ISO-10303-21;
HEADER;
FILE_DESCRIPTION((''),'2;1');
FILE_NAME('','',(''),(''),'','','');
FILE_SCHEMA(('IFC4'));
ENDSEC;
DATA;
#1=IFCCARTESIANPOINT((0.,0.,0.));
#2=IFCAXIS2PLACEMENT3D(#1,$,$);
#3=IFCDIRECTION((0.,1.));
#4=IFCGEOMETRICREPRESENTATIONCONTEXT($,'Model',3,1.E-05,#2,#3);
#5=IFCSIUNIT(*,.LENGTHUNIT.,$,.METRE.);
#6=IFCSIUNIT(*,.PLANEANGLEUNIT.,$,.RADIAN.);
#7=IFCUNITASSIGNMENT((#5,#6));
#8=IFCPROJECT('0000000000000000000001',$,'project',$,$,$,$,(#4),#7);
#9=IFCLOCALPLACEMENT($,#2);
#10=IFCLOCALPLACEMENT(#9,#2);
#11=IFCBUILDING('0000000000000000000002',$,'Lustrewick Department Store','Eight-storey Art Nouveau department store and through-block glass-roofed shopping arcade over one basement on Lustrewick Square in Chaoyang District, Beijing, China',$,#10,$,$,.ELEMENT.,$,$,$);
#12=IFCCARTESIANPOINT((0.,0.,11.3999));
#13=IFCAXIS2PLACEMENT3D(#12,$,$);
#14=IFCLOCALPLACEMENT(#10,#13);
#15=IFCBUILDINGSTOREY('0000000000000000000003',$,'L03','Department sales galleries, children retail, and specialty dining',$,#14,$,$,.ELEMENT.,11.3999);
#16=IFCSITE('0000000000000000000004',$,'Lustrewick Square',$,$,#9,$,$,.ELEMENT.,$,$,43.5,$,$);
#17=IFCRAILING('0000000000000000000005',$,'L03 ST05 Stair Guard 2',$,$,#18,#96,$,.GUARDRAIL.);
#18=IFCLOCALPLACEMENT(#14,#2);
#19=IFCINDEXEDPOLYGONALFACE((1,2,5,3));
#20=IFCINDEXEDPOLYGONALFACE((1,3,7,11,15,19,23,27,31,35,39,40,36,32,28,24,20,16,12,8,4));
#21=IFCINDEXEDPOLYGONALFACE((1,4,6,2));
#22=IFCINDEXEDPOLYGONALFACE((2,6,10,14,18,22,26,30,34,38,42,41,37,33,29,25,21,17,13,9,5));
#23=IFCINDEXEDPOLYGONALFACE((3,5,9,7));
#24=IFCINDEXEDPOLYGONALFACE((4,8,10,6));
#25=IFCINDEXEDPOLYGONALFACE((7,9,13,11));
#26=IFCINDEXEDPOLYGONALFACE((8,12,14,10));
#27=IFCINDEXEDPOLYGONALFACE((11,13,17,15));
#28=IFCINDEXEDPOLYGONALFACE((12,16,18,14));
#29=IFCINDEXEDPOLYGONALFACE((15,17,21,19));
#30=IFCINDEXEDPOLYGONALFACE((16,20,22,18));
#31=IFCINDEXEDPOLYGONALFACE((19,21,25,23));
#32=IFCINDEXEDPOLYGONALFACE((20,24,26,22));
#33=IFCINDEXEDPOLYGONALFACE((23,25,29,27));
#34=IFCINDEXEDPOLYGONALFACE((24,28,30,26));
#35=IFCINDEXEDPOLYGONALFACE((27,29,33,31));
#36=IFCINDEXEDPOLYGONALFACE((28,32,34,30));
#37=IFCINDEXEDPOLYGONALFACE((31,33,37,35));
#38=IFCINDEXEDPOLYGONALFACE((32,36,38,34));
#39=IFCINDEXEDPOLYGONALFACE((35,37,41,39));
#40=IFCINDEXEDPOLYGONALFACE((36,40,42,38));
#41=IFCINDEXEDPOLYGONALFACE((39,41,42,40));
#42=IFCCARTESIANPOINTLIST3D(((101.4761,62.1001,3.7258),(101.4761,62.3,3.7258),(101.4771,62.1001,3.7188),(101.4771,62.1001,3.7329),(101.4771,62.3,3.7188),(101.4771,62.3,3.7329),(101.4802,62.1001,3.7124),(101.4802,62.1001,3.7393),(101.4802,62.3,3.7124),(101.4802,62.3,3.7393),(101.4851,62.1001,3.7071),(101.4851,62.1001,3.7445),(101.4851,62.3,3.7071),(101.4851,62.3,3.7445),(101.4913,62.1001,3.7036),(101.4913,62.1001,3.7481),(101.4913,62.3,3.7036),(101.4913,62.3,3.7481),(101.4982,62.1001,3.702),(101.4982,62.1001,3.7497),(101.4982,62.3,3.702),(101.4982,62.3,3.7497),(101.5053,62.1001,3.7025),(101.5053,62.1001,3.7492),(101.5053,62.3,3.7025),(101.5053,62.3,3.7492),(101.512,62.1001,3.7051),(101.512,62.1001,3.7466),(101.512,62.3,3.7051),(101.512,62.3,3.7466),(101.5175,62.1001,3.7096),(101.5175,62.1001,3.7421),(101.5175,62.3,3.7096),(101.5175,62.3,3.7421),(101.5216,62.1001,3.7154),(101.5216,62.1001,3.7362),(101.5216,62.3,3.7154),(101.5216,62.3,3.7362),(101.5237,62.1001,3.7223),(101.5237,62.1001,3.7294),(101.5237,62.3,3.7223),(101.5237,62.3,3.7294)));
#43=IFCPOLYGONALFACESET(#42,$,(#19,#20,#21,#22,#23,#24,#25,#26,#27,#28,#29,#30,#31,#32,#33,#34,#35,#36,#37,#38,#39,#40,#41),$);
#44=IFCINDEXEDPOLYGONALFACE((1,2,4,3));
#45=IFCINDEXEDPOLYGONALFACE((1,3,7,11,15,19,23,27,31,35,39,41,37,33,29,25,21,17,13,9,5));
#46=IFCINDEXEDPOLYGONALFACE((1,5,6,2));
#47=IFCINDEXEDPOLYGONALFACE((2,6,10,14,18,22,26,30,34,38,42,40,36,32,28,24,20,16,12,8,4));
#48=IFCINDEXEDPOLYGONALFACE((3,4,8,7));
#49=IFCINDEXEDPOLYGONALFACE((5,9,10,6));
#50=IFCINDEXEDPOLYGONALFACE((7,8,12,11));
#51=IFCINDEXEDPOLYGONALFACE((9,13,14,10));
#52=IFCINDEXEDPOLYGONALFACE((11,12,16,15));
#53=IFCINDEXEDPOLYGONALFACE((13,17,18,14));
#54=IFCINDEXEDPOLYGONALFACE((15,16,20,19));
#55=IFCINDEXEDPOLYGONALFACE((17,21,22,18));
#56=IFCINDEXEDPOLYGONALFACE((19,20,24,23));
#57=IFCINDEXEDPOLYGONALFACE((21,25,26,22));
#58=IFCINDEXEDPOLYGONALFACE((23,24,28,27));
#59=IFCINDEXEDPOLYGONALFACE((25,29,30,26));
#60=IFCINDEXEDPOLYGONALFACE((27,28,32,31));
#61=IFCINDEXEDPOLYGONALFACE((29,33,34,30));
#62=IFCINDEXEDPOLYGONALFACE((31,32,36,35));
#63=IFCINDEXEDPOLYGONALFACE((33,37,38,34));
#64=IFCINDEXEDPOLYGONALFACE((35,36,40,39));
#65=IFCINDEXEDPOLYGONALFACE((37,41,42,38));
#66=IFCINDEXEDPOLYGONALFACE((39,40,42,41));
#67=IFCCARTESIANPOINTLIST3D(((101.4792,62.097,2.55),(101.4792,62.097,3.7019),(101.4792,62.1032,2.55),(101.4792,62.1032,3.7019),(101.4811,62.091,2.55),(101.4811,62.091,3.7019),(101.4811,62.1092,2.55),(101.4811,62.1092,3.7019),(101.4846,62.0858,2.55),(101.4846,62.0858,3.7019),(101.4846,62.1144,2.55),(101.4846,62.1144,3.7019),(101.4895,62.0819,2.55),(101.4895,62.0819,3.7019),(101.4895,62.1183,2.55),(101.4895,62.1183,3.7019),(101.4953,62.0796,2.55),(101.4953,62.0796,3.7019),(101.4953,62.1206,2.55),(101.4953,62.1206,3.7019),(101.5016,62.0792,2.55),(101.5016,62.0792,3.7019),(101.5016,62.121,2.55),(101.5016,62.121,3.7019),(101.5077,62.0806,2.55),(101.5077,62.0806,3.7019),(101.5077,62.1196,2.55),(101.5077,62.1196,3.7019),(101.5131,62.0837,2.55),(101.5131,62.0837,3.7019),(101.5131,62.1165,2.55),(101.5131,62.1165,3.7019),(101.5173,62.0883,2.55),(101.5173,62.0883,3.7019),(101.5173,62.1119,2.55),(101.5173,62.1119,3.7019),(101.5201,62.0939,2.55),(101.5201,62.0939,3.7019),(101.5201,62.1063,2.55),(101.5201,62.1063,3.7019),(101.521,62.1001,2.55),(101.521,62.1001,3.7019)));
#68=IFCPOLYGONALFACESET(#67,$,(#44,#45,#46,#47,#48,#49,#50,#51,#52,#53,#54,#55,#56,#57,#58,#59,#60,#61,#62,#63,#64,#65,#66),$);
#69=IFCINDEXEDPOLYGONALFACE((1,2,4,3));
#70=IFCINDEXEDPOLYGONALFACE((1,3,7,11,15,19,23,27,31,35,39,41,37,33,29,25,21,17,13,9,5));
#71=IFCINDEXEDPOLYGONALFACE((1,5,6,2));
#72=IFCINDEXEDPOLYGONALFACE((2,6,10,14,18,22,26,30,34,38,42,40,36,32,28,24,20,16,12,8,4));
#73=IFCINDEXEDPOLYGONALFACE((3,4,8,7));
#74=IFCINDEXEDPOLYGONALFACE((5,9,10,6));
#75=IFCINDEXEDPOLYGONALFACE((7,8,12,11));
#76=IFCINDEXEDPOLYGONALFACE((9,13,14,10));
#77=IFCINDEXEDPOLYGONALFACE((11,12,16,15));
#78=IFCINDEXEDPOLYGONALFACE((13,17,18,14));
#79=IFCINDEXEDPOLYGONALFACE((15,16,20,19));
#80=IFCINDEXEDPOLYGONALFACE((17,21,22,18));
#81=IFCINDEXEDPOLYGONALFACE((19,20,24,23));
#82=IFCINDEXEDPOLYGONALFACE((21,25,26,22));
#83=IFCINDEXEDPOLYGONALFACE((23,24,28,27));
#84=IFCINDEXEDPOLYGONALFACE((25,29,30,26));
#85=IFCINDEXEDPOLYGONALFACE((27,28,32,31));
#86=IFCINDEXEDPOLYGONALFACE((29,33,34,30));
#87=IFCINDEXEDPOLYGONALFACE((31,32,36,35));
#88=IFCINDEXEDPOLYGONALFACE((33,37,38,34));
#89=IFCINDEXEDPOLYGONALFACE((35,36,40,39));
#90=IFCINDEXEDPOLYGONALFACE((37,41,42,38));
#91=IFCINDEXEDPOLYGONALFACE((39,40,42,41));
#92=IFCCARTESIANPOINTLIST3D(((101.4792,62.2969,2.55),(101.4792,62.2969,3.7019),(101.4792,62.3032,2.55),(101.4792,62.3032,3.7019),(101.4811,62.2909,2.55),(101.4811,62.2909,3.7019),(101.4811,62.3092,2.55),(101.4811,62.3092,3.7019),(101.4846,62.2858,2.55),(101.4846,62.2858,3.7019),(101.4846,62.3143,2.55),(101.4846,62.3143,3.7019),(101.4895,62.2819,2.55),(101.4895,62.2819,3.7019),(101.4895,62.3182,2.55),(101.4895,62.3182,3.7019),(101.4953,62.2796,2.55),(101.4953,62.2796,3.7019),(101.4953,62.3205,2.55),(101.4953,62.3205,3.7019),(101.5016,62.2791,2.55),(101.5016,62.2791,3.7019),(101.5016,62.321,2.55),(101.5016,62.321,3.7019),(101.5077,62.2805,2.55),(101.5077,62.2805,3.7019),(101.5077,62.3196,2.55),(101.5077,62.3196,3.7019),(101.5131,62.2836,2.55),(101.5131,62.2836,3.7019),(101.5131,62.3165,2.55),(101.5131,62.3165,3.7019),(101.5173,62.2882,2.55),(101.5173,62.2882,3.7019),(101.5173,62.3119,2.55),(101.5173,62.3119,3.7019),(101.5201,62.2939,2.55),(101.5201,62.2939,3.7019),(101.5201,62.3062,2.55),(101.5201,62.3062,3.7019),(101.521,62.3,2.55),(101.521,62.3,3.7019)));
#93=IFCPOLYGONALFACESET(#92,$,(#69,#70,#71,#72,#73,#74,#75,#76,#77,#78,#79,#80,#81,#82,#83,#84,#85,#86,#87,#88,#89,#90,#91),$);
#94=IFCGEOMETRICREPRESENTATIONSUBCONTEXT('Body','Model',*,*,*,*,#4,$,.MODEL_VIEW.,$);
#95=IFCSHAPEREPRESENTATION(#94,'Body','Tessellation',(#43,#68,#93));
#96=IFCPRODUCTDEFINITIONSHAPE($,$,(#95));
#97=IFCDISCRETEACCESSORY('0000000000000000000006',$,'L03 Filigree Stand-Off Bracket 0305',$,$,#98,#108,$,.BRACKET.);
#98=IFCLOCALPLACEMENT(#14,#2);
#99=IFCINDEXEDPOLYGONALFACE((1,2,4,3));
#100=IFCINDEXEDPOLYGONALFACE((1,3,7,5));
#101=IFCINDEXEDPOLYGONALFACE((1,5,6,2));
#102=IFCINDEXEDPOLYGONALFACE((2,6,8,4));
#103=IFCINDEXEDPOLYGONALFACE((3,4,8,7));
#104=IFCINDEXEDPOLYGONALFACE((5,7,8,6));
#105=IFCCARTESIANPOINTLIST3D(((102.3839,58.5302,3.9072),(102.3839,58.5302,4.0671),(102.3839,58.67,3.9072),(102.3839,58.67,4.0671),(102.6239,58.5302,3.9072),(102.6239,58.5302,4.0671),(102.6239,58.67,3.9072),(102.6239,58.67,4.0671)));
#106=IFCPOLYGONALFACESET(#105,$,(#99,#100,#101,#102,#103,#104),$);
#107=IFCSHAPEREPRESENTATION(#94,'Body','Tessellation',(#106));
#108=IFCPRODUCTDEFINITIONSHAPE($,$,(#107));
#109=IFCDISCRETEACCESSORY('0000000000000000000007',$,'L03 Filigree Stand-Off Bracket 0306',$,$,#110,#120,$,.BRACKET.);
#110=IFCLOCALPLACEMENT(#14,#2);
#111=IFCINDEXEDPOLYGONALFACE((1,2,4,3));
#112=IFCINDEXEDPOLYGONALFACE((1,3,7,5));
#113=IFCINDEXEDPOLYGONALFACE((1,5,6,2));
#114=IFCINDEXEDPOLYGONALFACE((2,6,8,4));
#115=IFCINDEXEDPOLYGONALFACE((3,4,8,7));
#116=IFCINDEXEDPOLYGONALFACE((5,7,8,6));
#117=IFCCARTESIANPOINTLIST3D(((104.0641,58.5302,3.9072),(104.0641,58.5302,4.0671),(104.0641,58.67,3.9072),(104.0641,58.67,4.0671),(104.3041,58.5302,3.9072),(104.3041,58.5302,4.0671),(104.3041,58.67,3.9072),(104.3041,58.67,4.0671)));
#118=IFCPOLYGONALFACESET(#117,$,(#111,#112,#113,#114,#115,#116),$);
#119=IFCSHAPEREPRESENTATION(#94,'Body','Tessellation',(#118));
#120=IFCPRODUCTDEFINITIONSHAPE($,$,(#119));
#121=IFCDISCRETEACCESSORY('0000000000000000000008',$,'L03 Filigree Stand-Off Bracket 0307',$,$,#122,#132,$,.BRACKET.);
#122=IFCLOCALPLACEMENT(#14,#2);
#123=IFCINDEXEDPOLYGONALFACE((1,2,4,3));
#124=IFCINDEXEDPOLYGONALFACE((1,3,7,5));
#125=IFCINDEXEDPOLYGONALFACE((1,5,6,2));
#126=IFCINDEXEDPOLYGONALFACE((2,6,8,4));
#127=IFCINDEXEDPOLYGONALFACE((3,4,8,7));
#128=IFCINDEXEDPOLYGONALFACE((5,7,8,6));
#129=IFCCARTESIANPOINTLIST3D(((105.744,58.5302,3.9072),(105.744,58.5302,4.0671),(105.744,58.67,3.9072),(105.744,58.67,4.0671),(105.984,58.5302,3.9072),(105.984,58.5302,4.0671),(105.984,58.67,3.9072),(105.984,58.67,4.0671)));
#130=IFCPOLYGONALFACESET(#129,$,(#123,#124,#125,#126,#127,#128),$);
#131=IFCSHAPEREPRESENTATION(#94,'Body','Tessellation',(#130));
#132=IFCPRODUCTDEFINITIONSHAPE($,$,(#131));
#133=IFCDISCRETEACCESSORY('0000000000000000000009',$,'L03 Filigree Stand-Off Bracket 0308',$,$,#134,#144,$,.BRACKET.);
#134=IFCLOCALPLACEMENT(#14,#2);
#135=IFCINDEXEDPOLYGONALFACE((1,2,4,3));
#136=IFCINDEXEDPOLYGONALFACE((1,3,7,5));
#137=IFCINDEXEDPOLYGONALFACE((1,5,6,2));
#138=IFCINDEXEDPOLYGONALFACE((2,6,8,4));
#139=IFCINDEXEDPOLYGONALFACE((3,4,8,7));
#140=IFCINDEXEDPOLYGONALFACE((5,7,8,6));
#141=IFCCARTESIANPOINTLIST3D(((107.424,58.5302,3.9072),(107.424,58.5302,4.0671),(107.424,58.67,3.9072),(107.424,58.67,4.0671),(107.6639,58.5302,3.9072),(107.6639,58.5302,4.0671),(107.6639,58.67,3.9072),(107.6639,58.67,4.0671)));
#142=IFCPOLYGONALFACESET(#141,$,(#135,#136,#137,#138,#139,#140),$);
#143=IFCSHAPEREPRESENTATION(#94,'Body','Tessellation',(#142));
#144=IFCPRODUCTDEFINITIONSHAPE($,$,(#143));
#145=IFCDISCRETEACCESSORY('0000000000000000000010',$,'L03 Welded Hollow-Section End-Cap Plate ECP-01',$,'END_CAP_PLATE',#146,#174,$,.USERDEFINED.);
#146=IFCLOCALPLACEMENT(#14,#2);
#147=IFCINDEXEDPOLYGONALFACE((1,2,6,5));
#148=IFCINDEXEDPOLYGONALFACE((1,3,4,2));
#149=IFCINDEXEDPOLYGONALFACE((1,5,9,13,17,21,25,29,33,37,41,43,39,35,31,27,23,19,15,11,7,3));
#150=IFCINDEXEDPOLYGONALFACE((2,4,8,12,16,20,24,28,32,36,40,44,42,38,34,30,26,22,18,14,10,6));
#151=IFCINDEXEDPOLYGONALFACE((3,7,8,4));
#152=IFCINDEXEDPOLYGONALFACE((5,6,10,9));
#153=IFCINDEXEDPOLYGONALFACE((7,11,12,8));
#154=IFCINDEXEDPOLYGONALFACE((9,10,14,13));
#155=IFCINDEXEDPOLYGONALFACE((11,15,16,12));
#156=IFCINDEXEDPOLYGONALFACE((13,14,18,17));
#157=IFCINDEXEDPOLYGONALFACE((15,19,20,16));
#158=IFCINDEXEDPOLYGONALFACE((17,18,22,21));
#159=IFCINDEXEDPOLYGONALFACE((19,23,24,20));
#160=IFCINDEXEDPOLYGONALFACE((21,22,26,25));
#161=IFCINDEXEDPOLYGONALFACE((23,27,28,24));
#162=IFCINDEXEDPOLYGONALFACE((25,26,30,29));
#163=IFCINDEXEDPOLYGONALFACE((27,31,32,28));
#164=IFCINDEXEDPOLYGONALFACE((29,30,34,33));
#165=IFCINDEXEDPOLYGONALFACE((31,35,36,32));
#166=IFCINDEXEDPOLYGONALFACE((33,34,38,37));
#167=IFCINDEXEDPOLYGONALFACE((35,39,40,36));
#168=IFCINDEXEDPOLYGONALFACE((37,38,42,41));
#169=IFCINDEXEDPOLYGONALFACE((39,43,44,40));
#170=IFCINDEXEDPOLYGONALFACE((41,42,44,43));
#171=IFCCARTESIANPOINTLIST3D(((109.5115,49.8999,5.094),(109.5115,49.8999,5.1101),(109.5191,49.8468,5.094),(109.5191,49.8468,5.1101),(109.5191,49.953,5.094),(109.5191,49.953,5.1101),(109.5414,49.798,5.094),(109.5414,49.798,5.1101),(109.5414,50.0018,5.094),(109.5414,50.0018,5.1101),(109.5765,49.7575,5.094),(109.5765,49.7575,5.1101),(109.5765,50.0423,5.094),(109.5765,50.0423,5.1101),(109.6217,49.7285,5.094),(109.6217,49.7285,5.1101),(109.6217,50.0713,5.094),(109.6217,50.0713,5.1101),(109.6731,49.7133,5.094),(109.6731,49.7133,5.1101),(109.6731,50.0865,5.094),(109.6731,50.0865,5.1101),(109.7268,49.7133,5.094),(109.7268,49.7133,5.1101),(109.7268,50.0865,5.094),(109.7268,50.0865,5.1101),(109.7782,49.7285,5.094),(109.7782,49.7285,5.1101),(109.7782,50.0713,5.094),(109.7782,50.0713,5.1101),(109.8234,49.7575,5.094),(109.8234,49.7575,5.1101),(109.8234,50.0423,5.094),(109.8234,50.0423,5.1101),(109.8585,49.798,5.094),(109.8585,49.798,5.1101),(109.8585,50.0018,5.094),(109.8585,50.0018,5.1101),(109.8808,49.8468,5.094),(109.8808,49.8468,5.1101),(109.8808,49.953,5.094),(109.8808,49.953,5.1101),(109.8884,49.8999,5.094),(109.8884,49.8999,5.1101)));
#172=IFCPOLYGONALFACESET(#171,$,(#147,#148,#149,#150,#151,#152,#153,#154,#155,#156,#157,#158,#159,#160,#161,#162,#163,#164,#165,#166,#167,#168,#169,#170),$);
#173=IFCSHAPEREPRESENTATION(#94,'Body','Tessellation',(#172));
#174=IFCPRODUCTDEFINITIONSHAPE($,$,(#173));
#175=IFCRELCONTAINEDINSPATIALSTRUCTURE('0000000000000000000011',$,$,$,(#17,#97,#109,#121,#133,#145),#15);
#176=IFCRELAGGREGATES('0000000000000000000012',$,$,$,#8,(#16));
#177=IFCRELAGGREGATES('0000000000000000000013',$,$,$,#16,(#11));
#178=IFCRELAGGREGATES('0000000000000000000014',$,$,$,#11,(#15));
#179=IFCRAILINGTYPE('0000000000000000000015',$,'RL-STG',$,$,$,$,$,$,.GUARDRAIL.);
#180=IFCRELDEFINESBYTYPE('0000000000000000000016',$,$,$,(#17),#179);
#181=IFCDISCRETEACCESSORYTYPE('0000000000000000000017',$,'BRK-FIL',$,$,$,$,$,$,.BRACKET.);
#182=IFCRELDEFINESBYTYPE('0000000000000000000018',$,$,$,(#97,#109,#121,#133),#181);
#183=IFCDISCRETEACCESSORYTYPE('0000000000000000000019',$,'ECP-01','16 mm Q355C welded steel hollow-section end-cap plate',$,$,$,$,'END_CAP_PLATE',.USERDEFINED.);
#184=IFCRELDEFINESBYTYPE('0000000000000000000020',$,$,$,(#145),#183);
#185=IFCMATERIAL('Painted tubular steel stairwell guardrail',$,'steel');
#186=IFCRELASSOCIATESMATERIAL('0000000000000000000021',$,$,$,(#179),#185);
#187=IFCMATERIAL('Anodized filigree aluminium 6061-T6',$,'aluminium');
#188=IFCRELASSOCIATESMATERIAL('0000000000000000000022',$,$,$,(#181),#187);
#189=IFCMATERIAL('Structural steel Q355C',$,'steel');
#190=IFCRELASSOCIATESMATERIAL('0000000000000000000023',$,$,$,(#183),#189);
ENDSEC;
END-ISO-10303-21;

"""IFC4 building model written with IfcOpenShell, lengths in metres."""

from ifc_helpers import new_model, si_unit, direction, frame, origin, origin_2d, place, context, subcontext, project, spatial, rectangle, circle, extrude, material, type_object, element, save


model = new_model("IFC4")

# Units and contexts
model_context = context("Model", 3, precision=1e-05, world=origin(), true_north=direction((0.0, 1.0)))
body_context = subcontext(model_context, "Body", "Model", "MODEL_VIEW")
ifc_project = project(units=[si_unit("LENGTHUNIT", "METRE"), si_unit("PLANEANGLEUNIT", "RADIAN")], contexts=[model_context])

# Site, building, storey
site_placement = place(None, origin())
site = spatial("IfcSite", under=ifc_project, at=site_placement, Name="Lustrewick Square", CompositionType="ELEMENT", RefElevation=43.5)
building_placement = place(site_placement, origin())
building = spatial("IfcBuilding", under=site, at=building_placement, Name="Lustrewick Department Store", Description="Eight-storey Art Nouveau department store and through-block glass-roofed shopping arcade over one basement on Lustrewick Square in Chaoyang District, Beijing, China", CompositionType="ELEMENT")
storey_placement = place(building_placement, frame((0.0, 0.0, 11.3999)))
storey = spatial("IfcBuildingStorey", under=building, at=storey_placement, Name="L03", Description="Department sales galleries, children retail, and specialty dining", CompositionType="ELEMENT", Elevation=11.3999)

# Shared definitions
ifc_material_1 = material(Name="Structural steel Q355C", Category="steel")

# Railing
ifc_material_2 = material(Name="Painted tubular steel stairwell guardrail", Category="steel")
railing_type = type_object("IfcRailingType", Name="RL-STG", PredefinedType="GUARDRAIL", material=ifc_material_2)
railing_placement = place(storey_placement, frame((101.5, 62.1001, 2.55)))
element("IfcRailing", 1, at=railing_placement, inside=storey, type_object=railing_type, Name="L03 ST05 Stair Guard 2", PredefinedType="GUARDRAIL", context=body_context, shape_type="SweptSolid", body=[
    extrude(circle(Radius=0.0239, at=origin_2d()), frame((0.0, 0.0, 1.1758), z_axis=(0.0, 1.0, 0.0), x_axis=(-1.0, 0.0, 0.0)), (0.0, 0.0, 1.0), 0.2),
    extrude(circle(Radius=0.021, at=origin_2d()), origin(), (0.0, 0.0, 1.0), 1.1519),
    extrude(circle(Radius=0.021, at=origin_2d()), frame((0.0, 0.2, 0.0)), (0.0, 0.0, 1.0), 1.1519),
])

# Discrete accessories
ifc_material_3 = material(Name="Anodized filigree aluminium 6061-T6", Category="aluminium")
discrete_accessory_type_1 = type_object("IfcDiscreteAccessoryType", Name="BRK-FIL", PredefinedType="BRACKET", material=ifc_material_3)
for number, where, z_axis, x_axis, name in (
    (2, (102.5039, 58.6001, 3.9072), (0.0, 0.0, 1.0), (1.0, 0.0, 0.0), "L03 Filigree Stand-Off Bracket 0305"),
    (3, (104.1841, 58.6001, 3.9072), (0.0, 0.0, 1.0), (1.0, 0.0, 0.0), "L03 Filigree Stand-Off Bracket 0306"),
    (4, (105.864, 58.6001, 3.9072), (0.0, 0.0, 1.0), (1.0, 0.0, 0.0), "L03 Filigree Stand-Off Bracket 0307"),
    (5, (107.5439, 58.6001, 3.9072), (0.0, 0.0, 1.0), (1.0, 0.0, 0.0), "L03 Filigree Stand-Off Bracket 0308"),
):
    element("IfcDiscreteAccessory", number, at=place(storey_placement, frame(where, z_axis=z_axis, x_axis=x_axis)), inside=storey, type_object=discrete_accessory_type_1, Name=name, PredefinedType="BRACKET", context=body_context, shape_type="SweptSolid", body=[
        extrude(rectangle(XDim=0.24, YDim=0.1399, at=origin_2d()), origin(), (0.0, 0.0, 1.0), 0.1599),
    ])
discrete_accessory_type_2 = type_object("IfcDiscreteAccessoryType", Name="ECP-01", Description="16 mm Q355C welded steel hollow-section end-cap plate", ElementType="END_CAP_PLATE", PredefinedType="USERDEFINED", material=ifc_material_1)
discrete_accessory_placement = place(storey_placement, frame((109.7, 49.8999, 5.094), z_axis=(0.0, 0.0, 1.0), x_axis=(1.0, 0.0, 0.0)))
element("IfcDiscreteAccessory", 6, at=discrete_accessory_placement, inside=storey, type_object=discrete_accessory_type_2, Name="L03 Welded Hollow-Section End-Cap Plate ECP-01", ObjectType="END_CAP_PLATE", PredefinedType="USERDEFINED", context=body_context, shape_type="SweptSolid", body=[
    extrude(circle(Radius=0.1885, at=origin_2d()), origin(), (0.0, 0.0, 1.0), 0.0161),
])

save(model, "model.ifc")
